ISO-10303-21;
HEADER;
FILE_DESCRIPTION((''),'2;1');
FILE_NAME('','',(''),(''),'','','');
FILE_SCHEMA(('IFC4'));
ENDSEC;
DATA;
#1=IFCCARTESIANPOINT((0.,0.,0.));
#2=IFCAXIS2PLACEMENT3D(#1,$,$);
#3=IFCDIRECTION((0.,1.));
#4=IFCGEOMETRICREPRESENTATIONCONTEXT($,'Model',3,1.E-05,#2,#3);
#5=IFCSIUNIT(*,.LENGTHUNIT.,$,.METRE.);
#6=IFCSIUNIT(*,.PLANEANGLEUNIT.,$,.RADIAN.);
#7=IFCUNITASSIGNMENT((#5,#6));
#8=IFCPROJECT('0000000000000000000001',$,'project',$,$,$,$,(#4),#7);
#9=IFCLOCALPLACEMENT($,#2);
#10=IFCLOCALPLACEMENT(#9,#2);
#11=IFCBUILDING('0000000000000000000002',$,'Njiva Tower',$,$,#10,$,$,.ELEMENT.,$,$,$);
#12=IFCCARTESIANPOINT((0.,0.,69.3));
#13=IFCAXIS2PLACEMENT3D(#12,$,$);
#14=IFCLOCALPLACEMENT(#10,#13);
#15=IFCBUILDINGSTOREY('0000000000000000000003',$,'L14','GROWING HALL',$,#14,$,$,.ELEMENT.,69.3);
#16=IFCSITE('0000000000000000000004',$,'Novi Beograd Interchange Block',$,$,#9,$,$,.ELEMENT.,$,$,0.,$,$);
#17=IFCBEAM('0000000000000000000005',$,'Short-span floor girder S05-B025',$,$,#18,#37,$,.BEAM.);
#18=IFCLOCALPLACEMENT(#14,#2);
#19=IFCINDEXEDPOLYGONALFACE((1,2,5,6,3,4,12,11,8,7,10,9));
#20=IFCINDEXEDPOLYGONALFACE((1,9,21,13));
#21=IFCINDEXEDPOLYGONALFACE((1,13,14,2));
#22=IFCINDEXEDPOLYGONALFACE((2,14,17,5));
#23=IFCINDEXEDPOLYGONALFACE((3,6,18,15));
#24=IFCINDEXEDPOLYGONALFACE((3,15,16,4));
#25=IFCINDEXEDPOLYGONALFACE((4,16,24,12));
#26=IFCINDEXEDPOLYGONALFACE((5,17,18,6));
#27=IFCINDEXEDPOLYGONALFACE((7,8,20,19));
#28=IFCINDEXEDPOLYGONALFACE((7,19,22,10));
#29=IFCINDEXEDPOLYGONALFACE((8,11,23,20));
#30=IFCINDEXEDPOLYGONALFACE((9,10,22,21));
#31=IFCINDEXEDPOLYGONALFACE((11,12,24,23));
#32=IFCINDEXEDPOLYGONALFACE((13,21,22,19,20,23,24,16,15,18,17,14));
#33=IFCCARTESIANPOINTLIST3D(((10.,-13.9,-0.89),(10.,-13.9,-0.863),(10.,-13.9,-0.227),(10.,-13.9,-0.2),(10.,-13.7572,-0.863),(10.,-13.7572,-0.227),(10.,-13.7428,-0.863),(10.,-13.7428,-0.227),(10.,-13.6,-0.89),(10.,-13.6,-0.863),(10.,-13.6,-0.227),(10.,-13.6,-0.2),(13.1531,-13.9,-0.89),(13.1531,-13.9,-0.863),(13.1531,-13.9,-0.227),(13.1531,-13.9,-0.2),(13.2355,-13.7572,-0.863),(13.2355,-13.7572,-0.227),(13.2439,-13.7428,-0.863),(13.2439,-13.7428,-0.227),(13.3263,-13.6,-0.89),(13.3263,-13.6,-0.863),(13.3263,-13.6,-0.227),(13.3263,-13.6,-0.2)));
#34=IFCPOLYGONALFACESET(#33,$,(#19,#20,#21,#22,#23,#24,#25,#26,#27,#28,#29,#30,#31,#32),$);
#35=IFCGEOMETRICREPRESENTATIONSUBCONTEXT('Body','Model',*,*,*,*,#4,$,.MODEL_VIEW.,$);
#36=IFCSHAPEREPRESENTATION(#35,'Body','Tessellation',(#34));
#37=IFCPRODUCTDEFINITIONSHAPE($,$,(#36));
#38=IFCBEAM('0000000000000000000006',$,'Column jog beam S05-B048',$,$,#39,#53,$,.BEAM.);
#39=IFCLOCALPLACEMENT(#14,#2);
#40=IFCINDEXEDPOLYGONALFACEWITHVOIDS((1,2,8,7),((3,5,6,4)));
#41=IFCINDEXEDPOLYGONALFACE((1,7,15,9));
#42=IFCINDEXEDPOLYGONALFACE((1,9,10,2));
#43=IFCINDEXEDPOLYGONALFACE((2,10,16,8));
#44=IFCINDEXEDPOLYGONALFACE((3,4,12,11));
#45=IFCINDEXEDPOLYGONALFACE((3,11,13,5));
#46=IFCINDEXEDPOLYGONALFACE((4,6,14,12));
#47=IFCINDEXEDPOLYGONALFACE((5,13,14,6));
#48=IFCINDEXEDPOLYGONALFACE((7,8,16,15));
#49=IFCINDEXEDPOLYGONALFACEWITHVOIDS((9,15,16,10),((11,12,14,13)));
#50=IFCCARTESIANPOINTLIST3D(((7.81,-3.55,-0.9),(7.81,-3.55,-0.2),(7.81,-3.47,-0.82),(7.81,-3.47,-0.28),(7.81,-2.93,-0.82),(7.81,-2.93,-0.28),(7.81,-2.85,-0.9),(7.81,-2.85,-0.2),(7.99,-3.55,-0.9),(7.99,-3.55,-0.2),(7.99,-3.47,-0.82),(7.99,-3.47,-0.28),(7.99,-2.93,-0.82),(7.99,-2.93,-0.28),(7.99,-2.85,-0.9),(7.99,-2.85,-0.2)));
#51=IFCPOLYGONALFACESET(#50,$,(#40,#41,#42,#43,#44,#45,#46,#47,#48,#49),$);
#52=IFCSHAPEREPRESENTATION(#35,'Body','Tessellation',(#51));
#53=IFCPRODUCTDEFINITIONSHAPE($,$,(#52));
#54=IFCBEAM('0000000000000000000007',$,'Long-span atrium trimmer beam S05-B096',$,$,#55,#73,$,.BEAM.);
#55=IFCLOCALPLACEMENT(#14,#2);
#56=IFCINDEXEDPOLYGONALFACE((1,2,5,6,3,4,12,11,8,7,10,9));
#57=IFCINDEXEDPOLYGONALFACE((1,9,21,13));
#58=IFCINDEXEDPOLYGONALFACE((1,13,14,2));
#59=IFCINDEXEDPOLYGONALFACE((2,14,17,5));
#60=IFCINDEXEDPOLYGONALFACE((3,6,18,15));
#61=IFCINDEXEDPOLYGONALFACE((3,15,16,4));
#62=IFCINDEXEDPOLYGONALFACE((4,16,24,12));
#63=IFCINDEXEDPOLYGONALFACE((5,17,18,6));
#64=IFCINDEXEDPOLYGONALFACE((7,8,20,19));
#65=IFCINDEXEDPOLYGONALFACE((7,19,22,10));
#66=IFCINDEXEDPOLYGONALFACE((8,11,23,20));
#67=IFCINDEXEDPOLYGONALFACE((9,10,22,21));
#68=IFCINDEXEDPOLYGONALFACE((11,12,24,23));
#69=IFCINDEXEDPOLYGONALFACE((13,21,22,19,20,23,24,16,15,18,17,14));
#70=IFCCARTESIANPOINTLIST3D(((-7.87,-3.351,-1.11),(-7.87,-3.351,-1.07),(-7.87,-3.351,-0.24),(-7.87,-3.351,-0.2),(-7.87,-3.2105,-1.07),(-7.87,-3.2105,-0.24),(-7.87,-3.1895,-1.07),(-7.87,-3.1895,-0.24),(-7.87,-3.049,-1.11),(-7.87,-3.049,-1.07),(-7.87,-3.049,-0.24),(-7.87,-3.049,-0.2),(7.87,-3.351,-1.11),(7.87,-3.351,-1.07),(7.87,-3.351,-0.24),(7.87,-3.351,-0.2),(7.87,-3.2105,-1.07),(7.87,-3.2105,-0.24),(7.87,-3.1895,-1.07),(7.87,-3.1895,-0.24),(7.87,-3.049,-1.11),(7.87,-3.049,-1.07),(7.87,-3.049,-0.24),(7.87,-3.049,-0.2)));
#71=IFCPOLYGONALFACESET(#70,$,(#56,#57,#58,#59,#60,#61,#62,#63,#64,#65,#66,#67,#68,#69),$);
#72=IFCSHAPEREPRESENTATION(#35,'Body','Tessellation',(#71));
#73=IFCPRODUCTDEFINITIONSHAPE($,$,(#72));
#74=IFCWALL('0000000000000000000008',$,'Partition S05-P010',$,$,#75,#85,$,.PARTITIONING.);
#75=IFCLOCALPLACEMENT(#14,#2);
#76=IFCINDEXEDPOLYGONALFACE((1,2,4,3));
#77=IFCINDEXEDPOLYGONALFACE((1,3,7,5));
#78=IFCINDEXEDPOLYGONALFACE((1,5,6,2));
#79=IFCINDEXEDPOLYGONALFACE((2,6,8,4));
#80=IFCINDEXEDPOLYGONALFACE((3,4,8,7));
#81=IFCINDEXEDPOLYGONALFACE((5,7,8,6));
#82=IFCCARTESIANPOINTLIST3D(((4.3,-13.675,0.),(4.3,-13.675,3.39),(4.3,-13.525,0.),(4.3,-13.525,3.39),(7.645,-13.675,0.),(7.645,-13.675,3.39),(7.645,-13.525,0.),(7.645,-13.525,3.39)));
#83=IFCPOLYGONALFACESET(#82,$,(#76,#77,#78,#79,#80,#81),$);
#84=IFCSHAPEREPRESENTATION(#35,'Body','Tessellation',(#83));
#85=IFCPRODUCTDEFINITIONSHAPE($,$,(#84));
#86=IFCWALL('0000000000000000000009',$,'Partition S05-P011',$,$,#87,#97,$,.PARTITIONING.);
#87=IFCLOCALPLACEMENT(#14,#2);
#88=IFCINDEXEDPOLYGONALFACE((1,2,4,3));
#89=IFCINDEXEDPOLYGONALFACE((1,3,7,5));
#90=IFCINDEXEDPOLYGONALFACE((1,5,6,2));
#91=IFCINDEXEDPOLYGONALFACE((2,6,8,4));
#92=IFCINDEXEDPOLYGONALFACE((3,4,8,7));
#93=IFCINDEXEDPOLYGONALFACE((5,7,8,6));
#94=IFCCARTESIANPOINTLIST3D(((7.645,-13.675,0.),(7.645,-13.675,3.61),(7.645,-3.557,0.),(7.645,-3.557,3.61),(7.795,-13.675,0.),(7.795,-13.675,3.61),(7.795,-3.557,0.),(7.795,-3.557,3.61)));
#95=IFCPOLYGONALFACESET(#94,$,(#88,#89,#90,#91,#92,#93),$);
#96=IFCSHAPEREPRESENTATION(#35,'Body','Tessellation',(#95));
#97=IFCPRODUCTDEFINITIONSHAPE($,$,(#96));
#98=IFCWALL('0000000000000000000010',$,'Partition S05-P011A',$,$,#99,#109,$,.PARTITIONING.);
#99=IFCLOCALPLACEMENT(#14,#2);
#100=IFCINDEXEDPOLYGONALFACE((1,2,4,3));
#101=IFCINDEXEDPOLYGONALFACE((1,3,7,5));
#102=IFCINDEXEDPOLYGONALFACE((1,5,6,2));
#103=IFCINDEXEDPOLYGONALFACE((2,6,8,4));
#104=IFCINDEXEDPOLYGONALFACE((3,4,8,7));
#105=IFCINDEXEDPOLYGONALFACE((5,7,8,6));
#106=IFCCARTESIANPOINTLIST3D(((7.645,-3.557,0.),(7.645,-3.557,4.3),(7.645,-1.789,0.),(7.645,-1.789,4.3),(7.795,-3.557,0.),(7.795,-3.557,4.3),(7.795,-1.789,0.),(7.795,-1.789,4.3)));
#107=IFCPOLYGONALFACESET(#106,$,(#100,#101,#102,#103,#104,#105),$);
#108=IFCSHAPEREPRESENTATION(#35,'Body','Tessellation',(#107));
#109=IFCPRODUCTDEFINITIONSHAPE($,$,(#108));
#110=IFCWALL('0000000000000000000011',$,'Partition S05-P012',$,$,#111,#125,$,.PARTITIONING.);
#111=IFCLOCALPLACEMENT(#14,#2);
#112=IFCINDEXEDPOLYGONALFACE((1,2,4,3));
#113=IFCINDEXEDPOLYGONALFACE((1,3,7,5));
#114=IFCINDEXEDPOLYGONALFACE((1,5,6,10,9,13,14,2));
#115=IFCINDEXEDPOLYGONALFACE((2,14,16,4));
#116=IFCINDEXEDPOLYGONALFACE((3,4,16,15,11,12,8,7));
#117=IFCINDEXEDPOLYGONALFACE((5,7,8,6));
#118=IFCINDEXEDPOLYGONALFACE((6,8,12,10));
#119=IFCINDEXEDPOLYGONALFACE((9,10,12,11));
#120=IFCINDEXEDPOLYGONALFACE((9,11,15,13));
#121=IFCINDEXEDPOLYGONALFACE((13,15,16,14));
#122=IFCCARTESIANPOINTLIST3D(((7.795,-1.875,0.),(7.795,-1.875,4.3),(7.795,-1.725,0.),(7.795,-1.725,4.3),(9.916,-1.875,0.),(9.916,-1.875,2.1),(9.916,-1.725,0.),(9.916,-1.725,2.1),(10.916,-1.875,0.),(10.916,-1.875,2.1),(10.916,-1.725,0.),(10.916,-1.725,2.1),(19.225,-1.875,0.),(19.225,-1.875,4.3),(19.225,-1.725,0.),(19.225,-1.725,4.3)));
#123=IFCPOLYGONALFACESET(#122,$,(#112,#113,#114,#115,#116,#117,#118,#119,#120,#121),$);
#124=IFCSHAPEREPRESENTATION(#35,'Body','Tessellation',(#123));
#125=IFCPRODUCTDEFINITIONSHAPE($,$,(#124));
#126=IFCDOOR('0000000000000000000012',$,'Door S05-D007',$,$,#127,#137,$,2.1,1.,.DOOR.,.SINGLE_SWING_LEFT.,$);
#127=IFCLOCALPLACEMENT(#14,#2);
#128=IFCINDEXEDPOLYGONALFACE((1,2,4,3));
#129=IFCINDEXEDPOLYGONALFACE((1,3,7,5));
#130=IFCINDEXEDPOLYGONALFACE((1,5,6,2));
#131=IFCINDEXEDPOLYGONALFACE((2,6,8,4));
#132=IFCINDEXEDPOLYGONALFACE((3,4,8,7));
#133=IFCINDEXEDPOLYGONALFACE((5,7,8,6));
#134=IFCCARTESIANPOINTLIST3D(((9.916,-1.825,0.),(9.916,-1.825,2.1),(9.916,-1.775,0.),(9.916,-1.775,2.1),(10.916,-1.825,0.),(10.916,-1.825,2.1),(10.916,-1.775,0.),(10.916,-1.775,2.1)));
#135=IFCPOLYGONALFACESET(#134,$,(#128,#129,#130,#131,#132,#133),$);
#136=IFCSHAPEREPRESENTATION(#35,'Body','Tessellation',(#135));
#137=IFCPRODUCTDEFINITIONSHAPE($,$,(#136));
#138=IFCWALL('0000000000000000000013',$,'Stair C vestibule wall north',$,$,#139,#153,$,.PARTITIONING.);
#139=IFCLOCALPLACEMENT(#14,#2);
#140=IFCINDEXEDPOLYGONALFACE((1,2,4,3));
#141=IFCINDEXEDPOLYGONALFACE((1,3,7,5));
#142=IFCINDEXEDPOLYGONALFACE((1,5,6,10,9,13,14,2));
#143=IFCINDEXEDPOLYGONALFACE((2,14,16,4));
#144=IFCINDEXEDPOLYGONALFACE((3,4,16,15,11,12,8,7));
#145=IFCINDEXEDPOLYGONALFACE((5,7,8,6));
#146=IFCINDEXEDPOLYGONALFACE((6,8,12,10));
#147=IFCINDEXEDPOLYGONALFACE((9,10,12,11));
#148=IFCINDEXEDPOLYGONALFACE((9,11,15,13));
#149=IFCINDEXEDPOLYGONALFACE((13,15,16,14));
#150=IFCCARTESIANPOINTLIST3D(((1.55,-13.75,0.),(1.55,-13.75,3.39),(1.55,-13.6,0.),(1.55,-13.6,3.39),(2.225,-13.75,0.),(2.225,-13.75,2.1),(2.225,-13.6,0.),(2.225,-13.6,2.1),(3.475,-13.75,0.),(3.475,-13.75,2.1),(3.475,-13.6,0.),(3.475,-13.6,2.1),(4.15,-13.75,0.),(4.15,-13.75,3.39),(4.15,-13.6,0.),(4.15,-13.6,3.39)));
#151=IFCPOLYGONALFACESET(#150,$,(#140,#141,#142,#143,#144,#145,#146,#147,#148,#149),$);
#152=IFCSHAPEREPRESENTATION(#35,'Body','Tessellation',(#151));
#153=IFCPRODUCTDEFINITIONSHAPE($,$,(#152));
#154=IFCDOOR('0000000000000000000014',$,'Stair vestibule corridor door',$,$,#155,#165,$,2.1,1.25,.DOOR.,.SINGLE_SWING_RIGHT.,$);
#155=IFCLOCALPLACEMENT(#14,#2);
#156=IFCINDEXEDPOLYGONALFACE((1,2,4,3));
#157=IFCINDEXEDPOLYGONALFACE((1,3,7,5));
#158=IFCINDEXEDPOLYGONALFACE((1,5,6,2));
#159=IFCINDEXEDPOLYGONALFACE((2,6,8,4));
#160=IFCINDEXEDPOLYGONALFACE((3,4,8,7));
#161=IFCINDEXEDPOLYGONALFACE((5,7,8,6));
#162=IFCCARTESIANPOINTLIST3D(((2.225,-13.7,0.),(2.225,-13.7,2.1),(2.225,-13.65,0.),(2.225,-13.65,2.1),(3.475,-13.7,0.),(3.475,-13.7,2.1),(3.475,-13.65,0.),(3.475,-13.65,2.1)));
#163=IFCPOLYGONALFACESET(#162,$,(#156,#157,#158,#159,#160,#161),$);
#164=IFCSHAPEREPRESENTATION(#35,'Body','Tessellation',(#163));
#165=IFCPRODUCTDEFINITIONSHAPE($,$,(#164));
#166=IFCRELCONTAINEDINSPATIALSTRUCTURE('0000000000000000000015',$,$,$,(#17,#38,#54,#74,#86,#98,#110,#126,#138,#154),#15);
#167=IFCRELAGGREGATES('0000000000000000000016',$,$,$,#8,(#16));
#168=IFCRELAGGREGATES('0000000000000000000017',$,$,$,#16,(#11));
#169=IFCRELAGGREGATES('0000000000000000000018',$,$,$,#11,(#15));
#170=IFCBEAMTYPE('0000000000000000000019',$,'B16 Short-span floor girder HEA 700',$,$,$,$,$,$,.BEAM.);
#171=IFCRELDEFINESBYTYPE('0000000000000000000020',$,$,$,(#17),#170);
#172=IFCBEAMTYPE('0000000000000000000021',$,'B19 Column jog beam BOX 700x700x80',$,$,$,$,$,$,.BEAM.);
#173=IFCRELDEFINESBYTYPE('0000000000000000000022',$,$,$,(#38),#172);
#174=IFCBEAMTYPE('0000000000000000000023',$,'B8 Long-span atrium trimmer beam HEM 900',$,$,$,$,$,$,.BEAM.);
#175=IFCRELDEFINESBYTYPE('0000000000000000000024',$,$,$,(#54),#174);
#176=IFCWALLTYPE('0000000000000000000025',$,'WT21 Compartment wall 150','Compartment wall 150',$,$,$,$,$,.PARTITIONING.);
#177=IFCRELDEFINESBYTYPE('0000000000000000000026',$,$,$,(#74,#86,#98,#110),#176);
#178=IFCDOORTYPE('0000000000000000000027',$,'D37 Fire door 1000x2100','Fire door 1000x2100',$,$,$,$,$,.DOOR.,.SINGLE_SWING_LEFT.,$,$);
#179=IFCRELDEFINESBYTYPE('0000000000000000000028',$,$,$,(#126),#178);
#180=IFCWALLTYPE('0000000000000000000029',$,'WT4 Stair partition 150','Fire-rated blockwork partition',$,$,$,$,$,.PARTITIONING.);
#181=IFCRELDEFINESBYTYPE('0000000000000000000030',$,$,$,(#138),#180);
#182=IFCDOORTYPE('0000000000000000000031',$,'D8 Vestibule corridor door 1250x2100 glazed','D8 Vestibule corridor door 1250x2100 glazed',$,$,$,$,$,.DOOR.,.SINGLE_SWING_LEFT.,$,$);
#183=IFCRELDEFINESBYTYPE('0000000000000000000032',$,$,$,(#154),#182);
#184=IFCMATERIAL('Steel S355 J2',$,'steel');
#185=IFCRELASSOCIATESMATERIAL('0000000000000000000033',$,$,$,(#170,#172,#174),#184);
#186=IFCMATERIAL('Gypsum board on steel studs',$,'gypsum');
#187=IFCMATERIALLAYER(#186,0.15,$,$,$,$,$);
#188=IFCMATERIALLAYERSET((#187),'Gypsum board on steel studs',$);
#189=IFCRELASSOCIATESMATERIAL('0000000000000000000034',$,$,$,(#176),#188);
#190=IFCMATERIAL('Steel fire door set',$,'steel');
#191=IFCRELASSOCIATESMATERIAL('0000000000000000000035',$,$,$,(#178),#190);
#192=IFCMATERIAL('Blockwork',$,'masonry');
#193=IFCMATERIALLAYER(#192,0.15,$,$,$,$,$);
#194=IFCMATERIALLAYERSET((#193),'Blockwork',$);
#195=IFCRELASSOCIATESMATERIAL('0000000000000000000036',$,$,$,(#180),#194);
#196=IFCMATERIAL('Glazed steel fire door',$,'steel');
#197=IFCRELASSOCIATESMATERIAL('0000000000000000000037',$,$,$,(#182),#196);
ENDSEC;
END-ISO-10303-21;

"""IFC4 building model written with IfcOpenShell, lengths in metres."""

from ifc_helpers import new_model, si_unit, direction, frame, frame_2d, origin, origin_2d, place, context, subcontext, project, spatial, rectangle, hollow_rectangle, i_section, extrude, clip, halfspace, material, layer, layer_set, material_profile, profile_set, type_object, element, fill, save


model = new_model("IFC4")

# Units and contexts
model_context = context("Model", 3, precision=1e-05, world=origin(), true_north=direction((0.0, 1.0)))
body_context = subcontext(model_context, "Body", "Model", "MODEL_VIEW")
ifc_project = project(units=[si_unit("LENGTHUNIT", "METRE"), si_unit("PLANEANGLEUNIT", "RADIAN")], contexts=[model_context])

# Site, building, storey
site_placement = place(None, origin())
site = spatial("IfcSite", under=ifc_project, at=site_placement, Name="Novi Beograd Interchange Block", CompositionType="ELEMENT", RefElevation=0.0)
building_placement = place(site_placement, origin())
building = spatial("IfcBuilding", under=site, at=building_placement, Name="Njiva Tower", CompositionType="ELEMENT")
storey_placement = place(building_placement, frame((0.0, 0.0, 69.3)))
storey = spatial("IfcBuildingStorey", under=building, at=storey_placement, Name="L14", Description="GROWING HALL", CompositionType="ELEMENT", Elevation=69.3)

# Shared definitions
ifc_material_1 = material(Name="Steel S355 J2", Category="steel")

# Beams
ifc_material_profile_1 = material_profile(ifc_material_1, i_section(OverallWidth=0.3, OverallDepth=0.69, WebThickness=0.0145, FlangeThickness=0.027, at=origin_2d()), Name="HEA 700")
ifc_profile_set_1 = profile_set([ifc_material_profile_1], Name="Steel S355 J2")
beam_type_1 = type_object("IfcBeamType", Name="B16 Short-span floor girder HEA 700", PredefinedType="BEAM", material=ifc_profile_set_1)
beam_1_placement = place(storey_placement, frame((10.0, -13.75, -0.545), z_axis=(1.0, 0.0, 0.0), x_axis=(0.0, 1.0, 0.0)))
element("IfcBeam", 1, at=beam_1_placement, inside=storey, type_object=beam_type_1, Name="Short-span floor girder S05-B025", PredefinedType="BEAM", context=body_context, shape_type="Clipping", body=[
    clip(extrude(i_section(OverallWidth=0.3, OverallDepth=0.69, WebThickness=0.0145, FlangeThickness=0.027, at=origin_2d()), origin(), (0.0, 0.0, 1.0), 3.347), halfspace(frame((-0.025, 0.0, 3.2253), z_axis=(-0.499998, 0.0, 0.866027), x_axis=(0.0, 1.0, 0.0)), False)),
])
ifc_material_profile_2 = material_profile(ifc_material_1, hollow_rectangle(XDim=0.7, YDim=0.7, WallThickness=0.08, at=origin_2d()), Name="BOX 700x700x80")
ifc_profile_set_2 = profile_set([ifc_material_profile_2], Name="Steel S355 J2")
beam_type_2 = type_object("IfcBeamType", Name="B19 Column jog beam BOX 700x700x80", PredefinedType="BEAM", material=ifc_profile_set_2)
beam_2_placement = place(storey_placement, frame((7.99, -3.2, -0.55), z_axis=(-1.0, 0.0, 0.0), x_axis=(0.0, -1.0, 0.0)))
element("IfcBeam", 2, at=beam_2_placement, inside=storey, type_object=beam_type_2, Name="Column jog beam S05-B048", PredefinedType="BEAM", context=body_context, shape_type="SweptSolid", body=[
    extrude(hollow_rectangle(XDim=0.7, YDim=0.7, WallThickness=0.08, at=origin_2d()), origin(), (0.0, 0.0, 1.0), 0.18),
])
ifc_material_profile_3 = material_profile(ifc_material_1, i_section(OverallWidth=0.302, OverallDepth=0.91, WebThickness=0.021, FlangeThickness=0.04, at=origin_2d()), Name="HEM 900")
ifc_profile_set_3 = profile_set([ifc_material_profile_3], Name="Steel S355 J2")
beam_type_3 = type_object("IfcBeamType", Name="B8 Long-span atrium trimmer beam HEM 900", PredefinedType="BEAM", material=ifc_profile_set_3)
beam_3_placement = place(storey_placement, frame((7.87, -3.2, -0.655), z_axis=(-1.0, 0.0, 0.0), x_axis=(0.0, -1.0, 0.0)))
element("IfcBeam", 3, at=beam_3_placement, inside=storey, type_object=beam_type_3, Name="Long-span atrium trimmer beam S05-B096", PredefinedType="BEAM", context=body_context, shape_type="SweptSolid", body=[
    extrude(i_section(OverallWidth=0.302, OverallDepth=0.91, WebThickness=0.021, FlangeThickness=0.04, at=origin_2d()), origin(), (0.0, 0.0, 1.0), 15.74),
])

# Walls
ifc_material_2 = material(Name="Gypsum board on steel studs", Category="gypsum")
ifc_layer_1 = layer(ifc_material_2, 0.15)
ifc_layer_set_1 = layer_set([ifc_layer_1], Name="Gypsum board on steel studs")
wall_type_1 = type_object("IfcWallType", Name="WT21 Compartment wall 150", Description="Compartment wall 150", PredefinedType="PARTITIONING", material=ifc_layer_set_1)
wall_1_placement = place(storey_placement, frame((4.3, -13.6, 0.0), z_axis=(0.0, 0.0, 1.0), x_axis=(1.0, 0.0, 0.0)))
element("IfcWall", 4, at=wall_1_placement, inside=storey, type_object=wall_type_1, Name="Partition S05-P010", PredefinedType="PARTITIONING", context=body_context, shape_type="SweptSolid", body=[
    extrude(rectangle(XDim=3.345, YDim=0.15, at=frame_2d((1.6725, 0.0))), origin(), (0.0, 0.0, 1.0), 3.39),
])
wall_2_placement = place(storey_placement, frame((7.72, -13.675, 0.0), z_axis=(0.0, 0.0, 1.0), x_axis=(0.0, 1.0, 0.0)))
element("IfcWall", 5, at=wall_2_placement, inside=storey, type_object=wall_type_1, Name="Partition S05-P011", PredefinedType="PARTITIONING", context=body_context, shape_type="SweptSolid", body=[
    extrude(rectangle(XDim=10.118, YDim=0.15, at=frame_2d((5.059, 0.0))), origin(), (0.0, 0.0, 1.0), 3.61),
])
wall_3_placement = place(storey_placement, frame((7.72, -3.557, 0.0), z_axis=(0.0, 0.0, 1.0), x_axis=(0.0, 1.0, 0.0)))
element("IfcWall", 6, at=wall_3_placement, inside=storey, type_object=wall_type_1, Name="Partition S05-P011A", PredefinedType="PARTITIONING", context=body_context, shape_type="SweptSolid", body=[
    extrude(rectangle(XDim=1.768, YDim=0.15, at=frame_2d((0.884, 0.0))), origin(), (0.0, 0.0, 1.0), 4.3),
])

# Walls, openings, doors
wall_4_placement = place(storey_placement, frame((7.795, -1.8, 0.0), z_axis=(0.0, 0.0, 1.0), x_axis=(1.0, 0.0, 0.0)))
wall_4 = element("IfcWall", 7, at=wall_4_placement, inside=storey, type_object=wall_type_1, Name="Partition S05-P012", PredefinedType="PARTITIONING", context=body_context, shape_type="SweptSolid", body=[
    extrude(rectangle(XDim=11.43, YDim=0.15, at=frame_2d((5.715, 0.0))), origin(), (0.0, 0.0, 1.0), 4.3),
])
opening_1_placement = place(wall_4_placement, frame((2.121, 0.0, 0.0)))
opening_1 = element("IfcOpeningElement", 8, at=opening_1_placement, cuts=wall_4, PredefinedType="OPENING", context=body_context, shape_type="SweptSolid", body=[
    extrude(rectangle(XDim=1.0, YDim=2.1, at=frame_2d((0.5, 1.05))), frame((0.0, 0.085, 0.0), z_axis=(0.0, -1.0, 0.0), x_axis=(1.0, 0.0, 0.0)), (0.0, 0.0, 1.0), 0.17),
])
ifc_material_3 = material(Name="Steel fire door set", Category="steel")
door_type_1 = type_object("IfcDoorType", Name="D37 Fire door 1000x2100", Description="Fire door 1000x2100", OperationType="SINGLE_SWING_LEFT", PredefinedType="DOOR", material=ifc_material_3)
door_1_placement = place(opening_1_placement, origin())
door_1 = element("IfcDoor", 9, at=door_1_placement, inside=storey, type_object=door_type_1, Name="Door S05-D007", OperationType="SINGLE_SWING_LEFT", OverallHeight=2.1, OverallWidth=1.0, PredefinedType="DOOR", context=body_context, shape_type="SweptSolid", body=[
    extrude(rectangle(XDim=1.0, YDim=2.1, at=frame_2d((0.5, 1.05))), frame((0.0, 0.025, 0.0), z_axis=(0.0, -1.0, 0.0), x_axis=(1.0, 0.0, 0.0)), (0.0, 0.0, 1.0), 0.05),
])
fill(opening_1, door_1)
ifc_material_4 = material(Name="Blockwork", Category="masonry")
ifc_layer_2 = layer(ifc_material_4, 0.15)
ifc_layer_set_2 = layer_set([ifc_layer_2], Name="Blockwork")
wall_type_2 = type_object("IfcWallType", Name="WT4 Stair partition 150", Description="Fire-rated blockwork partition", PredefinedType="PARTITIONING", material=ifc_layer_set_2)
wall_5_placement = place(storey_placement, frame((1.55, -13.675, 0.0), z_axis=(0.0, 0.0, 1.0), x_axis=(1.0, 0.0, 0.0)))
wall_5 = element("IfcWall", 10, at=wall_5_placement, inside=storey, type_object=wall_type_2, Name="Stair C vestibule wall north", PredefinedType="PARTITIONING", context=body_context, shape_type="SweptSolid", body=[
    extrude(rectangle(XDim=2.6, YDim=0.15, at=frame_2d((1.3, 0.0))), origin(), (0.0, 0.0, 1.0), 3.39),
])
opening_2_placement = place(wall_5_placement, frame((0.675, 0.0, 0.0)))
opening_2 = element("IfcOpeningElement", 11, at=opening_2_placement, cuts=wall_5, PredefinedType="OPENING", context=body_context, shape_type="SweptSolid", body=[
    extrude(rectangle(XDim=1.25, YDim=2.1, at=frame_2d((0.625, 1.05))), frame((0.0, 0.085, 0.0), z_axis=(0.0, -1.0, 0.0), x_axis=(1.0, 0.0, 0.0)), (0.0, 0.0, 1.0), 0.17),
])
ifc_material_5 = material(Name="Glazed steel fire door", Category="steel")
door_type_2 = type_object("IfcDoorType", Name="D8 Vestibule corridor door 1250x2100 glazed", Description="D8 Vestibule corridor door 1250x2100 glazed", OperationType="SINGLE_SWING_LEFT", PredefinedType="DOOR", material=ifc_material_5)
door_2_placement = place(opening_2_placement, origin())
door_2 = element("IfcDoor", 12, at=door_2_placement, inside=storey, type_object=door_type_2, Name="Stair vestibule corridor door", OperationType="SINGLE_SWING_RIGHT", OverallHeight=2.1, OverallWidth=1.25, PredefinedType="DOOR", context=body_context, shape_type="SweptSolid", body=[
    extrude(rectangle(XDim=1.25, YDim=2.1, at=frame_2d((0.625, 1.05))), frame((0.0, 0.025, 0.0), z_axis=(0.0, -1.0, 0.0), x_axis=(1.0, 0.0, 0.0)), (0.0, 0.0, 1.0), 0.05),
])
fill(opening_2, door_2)

save(model, "model.ifc")
